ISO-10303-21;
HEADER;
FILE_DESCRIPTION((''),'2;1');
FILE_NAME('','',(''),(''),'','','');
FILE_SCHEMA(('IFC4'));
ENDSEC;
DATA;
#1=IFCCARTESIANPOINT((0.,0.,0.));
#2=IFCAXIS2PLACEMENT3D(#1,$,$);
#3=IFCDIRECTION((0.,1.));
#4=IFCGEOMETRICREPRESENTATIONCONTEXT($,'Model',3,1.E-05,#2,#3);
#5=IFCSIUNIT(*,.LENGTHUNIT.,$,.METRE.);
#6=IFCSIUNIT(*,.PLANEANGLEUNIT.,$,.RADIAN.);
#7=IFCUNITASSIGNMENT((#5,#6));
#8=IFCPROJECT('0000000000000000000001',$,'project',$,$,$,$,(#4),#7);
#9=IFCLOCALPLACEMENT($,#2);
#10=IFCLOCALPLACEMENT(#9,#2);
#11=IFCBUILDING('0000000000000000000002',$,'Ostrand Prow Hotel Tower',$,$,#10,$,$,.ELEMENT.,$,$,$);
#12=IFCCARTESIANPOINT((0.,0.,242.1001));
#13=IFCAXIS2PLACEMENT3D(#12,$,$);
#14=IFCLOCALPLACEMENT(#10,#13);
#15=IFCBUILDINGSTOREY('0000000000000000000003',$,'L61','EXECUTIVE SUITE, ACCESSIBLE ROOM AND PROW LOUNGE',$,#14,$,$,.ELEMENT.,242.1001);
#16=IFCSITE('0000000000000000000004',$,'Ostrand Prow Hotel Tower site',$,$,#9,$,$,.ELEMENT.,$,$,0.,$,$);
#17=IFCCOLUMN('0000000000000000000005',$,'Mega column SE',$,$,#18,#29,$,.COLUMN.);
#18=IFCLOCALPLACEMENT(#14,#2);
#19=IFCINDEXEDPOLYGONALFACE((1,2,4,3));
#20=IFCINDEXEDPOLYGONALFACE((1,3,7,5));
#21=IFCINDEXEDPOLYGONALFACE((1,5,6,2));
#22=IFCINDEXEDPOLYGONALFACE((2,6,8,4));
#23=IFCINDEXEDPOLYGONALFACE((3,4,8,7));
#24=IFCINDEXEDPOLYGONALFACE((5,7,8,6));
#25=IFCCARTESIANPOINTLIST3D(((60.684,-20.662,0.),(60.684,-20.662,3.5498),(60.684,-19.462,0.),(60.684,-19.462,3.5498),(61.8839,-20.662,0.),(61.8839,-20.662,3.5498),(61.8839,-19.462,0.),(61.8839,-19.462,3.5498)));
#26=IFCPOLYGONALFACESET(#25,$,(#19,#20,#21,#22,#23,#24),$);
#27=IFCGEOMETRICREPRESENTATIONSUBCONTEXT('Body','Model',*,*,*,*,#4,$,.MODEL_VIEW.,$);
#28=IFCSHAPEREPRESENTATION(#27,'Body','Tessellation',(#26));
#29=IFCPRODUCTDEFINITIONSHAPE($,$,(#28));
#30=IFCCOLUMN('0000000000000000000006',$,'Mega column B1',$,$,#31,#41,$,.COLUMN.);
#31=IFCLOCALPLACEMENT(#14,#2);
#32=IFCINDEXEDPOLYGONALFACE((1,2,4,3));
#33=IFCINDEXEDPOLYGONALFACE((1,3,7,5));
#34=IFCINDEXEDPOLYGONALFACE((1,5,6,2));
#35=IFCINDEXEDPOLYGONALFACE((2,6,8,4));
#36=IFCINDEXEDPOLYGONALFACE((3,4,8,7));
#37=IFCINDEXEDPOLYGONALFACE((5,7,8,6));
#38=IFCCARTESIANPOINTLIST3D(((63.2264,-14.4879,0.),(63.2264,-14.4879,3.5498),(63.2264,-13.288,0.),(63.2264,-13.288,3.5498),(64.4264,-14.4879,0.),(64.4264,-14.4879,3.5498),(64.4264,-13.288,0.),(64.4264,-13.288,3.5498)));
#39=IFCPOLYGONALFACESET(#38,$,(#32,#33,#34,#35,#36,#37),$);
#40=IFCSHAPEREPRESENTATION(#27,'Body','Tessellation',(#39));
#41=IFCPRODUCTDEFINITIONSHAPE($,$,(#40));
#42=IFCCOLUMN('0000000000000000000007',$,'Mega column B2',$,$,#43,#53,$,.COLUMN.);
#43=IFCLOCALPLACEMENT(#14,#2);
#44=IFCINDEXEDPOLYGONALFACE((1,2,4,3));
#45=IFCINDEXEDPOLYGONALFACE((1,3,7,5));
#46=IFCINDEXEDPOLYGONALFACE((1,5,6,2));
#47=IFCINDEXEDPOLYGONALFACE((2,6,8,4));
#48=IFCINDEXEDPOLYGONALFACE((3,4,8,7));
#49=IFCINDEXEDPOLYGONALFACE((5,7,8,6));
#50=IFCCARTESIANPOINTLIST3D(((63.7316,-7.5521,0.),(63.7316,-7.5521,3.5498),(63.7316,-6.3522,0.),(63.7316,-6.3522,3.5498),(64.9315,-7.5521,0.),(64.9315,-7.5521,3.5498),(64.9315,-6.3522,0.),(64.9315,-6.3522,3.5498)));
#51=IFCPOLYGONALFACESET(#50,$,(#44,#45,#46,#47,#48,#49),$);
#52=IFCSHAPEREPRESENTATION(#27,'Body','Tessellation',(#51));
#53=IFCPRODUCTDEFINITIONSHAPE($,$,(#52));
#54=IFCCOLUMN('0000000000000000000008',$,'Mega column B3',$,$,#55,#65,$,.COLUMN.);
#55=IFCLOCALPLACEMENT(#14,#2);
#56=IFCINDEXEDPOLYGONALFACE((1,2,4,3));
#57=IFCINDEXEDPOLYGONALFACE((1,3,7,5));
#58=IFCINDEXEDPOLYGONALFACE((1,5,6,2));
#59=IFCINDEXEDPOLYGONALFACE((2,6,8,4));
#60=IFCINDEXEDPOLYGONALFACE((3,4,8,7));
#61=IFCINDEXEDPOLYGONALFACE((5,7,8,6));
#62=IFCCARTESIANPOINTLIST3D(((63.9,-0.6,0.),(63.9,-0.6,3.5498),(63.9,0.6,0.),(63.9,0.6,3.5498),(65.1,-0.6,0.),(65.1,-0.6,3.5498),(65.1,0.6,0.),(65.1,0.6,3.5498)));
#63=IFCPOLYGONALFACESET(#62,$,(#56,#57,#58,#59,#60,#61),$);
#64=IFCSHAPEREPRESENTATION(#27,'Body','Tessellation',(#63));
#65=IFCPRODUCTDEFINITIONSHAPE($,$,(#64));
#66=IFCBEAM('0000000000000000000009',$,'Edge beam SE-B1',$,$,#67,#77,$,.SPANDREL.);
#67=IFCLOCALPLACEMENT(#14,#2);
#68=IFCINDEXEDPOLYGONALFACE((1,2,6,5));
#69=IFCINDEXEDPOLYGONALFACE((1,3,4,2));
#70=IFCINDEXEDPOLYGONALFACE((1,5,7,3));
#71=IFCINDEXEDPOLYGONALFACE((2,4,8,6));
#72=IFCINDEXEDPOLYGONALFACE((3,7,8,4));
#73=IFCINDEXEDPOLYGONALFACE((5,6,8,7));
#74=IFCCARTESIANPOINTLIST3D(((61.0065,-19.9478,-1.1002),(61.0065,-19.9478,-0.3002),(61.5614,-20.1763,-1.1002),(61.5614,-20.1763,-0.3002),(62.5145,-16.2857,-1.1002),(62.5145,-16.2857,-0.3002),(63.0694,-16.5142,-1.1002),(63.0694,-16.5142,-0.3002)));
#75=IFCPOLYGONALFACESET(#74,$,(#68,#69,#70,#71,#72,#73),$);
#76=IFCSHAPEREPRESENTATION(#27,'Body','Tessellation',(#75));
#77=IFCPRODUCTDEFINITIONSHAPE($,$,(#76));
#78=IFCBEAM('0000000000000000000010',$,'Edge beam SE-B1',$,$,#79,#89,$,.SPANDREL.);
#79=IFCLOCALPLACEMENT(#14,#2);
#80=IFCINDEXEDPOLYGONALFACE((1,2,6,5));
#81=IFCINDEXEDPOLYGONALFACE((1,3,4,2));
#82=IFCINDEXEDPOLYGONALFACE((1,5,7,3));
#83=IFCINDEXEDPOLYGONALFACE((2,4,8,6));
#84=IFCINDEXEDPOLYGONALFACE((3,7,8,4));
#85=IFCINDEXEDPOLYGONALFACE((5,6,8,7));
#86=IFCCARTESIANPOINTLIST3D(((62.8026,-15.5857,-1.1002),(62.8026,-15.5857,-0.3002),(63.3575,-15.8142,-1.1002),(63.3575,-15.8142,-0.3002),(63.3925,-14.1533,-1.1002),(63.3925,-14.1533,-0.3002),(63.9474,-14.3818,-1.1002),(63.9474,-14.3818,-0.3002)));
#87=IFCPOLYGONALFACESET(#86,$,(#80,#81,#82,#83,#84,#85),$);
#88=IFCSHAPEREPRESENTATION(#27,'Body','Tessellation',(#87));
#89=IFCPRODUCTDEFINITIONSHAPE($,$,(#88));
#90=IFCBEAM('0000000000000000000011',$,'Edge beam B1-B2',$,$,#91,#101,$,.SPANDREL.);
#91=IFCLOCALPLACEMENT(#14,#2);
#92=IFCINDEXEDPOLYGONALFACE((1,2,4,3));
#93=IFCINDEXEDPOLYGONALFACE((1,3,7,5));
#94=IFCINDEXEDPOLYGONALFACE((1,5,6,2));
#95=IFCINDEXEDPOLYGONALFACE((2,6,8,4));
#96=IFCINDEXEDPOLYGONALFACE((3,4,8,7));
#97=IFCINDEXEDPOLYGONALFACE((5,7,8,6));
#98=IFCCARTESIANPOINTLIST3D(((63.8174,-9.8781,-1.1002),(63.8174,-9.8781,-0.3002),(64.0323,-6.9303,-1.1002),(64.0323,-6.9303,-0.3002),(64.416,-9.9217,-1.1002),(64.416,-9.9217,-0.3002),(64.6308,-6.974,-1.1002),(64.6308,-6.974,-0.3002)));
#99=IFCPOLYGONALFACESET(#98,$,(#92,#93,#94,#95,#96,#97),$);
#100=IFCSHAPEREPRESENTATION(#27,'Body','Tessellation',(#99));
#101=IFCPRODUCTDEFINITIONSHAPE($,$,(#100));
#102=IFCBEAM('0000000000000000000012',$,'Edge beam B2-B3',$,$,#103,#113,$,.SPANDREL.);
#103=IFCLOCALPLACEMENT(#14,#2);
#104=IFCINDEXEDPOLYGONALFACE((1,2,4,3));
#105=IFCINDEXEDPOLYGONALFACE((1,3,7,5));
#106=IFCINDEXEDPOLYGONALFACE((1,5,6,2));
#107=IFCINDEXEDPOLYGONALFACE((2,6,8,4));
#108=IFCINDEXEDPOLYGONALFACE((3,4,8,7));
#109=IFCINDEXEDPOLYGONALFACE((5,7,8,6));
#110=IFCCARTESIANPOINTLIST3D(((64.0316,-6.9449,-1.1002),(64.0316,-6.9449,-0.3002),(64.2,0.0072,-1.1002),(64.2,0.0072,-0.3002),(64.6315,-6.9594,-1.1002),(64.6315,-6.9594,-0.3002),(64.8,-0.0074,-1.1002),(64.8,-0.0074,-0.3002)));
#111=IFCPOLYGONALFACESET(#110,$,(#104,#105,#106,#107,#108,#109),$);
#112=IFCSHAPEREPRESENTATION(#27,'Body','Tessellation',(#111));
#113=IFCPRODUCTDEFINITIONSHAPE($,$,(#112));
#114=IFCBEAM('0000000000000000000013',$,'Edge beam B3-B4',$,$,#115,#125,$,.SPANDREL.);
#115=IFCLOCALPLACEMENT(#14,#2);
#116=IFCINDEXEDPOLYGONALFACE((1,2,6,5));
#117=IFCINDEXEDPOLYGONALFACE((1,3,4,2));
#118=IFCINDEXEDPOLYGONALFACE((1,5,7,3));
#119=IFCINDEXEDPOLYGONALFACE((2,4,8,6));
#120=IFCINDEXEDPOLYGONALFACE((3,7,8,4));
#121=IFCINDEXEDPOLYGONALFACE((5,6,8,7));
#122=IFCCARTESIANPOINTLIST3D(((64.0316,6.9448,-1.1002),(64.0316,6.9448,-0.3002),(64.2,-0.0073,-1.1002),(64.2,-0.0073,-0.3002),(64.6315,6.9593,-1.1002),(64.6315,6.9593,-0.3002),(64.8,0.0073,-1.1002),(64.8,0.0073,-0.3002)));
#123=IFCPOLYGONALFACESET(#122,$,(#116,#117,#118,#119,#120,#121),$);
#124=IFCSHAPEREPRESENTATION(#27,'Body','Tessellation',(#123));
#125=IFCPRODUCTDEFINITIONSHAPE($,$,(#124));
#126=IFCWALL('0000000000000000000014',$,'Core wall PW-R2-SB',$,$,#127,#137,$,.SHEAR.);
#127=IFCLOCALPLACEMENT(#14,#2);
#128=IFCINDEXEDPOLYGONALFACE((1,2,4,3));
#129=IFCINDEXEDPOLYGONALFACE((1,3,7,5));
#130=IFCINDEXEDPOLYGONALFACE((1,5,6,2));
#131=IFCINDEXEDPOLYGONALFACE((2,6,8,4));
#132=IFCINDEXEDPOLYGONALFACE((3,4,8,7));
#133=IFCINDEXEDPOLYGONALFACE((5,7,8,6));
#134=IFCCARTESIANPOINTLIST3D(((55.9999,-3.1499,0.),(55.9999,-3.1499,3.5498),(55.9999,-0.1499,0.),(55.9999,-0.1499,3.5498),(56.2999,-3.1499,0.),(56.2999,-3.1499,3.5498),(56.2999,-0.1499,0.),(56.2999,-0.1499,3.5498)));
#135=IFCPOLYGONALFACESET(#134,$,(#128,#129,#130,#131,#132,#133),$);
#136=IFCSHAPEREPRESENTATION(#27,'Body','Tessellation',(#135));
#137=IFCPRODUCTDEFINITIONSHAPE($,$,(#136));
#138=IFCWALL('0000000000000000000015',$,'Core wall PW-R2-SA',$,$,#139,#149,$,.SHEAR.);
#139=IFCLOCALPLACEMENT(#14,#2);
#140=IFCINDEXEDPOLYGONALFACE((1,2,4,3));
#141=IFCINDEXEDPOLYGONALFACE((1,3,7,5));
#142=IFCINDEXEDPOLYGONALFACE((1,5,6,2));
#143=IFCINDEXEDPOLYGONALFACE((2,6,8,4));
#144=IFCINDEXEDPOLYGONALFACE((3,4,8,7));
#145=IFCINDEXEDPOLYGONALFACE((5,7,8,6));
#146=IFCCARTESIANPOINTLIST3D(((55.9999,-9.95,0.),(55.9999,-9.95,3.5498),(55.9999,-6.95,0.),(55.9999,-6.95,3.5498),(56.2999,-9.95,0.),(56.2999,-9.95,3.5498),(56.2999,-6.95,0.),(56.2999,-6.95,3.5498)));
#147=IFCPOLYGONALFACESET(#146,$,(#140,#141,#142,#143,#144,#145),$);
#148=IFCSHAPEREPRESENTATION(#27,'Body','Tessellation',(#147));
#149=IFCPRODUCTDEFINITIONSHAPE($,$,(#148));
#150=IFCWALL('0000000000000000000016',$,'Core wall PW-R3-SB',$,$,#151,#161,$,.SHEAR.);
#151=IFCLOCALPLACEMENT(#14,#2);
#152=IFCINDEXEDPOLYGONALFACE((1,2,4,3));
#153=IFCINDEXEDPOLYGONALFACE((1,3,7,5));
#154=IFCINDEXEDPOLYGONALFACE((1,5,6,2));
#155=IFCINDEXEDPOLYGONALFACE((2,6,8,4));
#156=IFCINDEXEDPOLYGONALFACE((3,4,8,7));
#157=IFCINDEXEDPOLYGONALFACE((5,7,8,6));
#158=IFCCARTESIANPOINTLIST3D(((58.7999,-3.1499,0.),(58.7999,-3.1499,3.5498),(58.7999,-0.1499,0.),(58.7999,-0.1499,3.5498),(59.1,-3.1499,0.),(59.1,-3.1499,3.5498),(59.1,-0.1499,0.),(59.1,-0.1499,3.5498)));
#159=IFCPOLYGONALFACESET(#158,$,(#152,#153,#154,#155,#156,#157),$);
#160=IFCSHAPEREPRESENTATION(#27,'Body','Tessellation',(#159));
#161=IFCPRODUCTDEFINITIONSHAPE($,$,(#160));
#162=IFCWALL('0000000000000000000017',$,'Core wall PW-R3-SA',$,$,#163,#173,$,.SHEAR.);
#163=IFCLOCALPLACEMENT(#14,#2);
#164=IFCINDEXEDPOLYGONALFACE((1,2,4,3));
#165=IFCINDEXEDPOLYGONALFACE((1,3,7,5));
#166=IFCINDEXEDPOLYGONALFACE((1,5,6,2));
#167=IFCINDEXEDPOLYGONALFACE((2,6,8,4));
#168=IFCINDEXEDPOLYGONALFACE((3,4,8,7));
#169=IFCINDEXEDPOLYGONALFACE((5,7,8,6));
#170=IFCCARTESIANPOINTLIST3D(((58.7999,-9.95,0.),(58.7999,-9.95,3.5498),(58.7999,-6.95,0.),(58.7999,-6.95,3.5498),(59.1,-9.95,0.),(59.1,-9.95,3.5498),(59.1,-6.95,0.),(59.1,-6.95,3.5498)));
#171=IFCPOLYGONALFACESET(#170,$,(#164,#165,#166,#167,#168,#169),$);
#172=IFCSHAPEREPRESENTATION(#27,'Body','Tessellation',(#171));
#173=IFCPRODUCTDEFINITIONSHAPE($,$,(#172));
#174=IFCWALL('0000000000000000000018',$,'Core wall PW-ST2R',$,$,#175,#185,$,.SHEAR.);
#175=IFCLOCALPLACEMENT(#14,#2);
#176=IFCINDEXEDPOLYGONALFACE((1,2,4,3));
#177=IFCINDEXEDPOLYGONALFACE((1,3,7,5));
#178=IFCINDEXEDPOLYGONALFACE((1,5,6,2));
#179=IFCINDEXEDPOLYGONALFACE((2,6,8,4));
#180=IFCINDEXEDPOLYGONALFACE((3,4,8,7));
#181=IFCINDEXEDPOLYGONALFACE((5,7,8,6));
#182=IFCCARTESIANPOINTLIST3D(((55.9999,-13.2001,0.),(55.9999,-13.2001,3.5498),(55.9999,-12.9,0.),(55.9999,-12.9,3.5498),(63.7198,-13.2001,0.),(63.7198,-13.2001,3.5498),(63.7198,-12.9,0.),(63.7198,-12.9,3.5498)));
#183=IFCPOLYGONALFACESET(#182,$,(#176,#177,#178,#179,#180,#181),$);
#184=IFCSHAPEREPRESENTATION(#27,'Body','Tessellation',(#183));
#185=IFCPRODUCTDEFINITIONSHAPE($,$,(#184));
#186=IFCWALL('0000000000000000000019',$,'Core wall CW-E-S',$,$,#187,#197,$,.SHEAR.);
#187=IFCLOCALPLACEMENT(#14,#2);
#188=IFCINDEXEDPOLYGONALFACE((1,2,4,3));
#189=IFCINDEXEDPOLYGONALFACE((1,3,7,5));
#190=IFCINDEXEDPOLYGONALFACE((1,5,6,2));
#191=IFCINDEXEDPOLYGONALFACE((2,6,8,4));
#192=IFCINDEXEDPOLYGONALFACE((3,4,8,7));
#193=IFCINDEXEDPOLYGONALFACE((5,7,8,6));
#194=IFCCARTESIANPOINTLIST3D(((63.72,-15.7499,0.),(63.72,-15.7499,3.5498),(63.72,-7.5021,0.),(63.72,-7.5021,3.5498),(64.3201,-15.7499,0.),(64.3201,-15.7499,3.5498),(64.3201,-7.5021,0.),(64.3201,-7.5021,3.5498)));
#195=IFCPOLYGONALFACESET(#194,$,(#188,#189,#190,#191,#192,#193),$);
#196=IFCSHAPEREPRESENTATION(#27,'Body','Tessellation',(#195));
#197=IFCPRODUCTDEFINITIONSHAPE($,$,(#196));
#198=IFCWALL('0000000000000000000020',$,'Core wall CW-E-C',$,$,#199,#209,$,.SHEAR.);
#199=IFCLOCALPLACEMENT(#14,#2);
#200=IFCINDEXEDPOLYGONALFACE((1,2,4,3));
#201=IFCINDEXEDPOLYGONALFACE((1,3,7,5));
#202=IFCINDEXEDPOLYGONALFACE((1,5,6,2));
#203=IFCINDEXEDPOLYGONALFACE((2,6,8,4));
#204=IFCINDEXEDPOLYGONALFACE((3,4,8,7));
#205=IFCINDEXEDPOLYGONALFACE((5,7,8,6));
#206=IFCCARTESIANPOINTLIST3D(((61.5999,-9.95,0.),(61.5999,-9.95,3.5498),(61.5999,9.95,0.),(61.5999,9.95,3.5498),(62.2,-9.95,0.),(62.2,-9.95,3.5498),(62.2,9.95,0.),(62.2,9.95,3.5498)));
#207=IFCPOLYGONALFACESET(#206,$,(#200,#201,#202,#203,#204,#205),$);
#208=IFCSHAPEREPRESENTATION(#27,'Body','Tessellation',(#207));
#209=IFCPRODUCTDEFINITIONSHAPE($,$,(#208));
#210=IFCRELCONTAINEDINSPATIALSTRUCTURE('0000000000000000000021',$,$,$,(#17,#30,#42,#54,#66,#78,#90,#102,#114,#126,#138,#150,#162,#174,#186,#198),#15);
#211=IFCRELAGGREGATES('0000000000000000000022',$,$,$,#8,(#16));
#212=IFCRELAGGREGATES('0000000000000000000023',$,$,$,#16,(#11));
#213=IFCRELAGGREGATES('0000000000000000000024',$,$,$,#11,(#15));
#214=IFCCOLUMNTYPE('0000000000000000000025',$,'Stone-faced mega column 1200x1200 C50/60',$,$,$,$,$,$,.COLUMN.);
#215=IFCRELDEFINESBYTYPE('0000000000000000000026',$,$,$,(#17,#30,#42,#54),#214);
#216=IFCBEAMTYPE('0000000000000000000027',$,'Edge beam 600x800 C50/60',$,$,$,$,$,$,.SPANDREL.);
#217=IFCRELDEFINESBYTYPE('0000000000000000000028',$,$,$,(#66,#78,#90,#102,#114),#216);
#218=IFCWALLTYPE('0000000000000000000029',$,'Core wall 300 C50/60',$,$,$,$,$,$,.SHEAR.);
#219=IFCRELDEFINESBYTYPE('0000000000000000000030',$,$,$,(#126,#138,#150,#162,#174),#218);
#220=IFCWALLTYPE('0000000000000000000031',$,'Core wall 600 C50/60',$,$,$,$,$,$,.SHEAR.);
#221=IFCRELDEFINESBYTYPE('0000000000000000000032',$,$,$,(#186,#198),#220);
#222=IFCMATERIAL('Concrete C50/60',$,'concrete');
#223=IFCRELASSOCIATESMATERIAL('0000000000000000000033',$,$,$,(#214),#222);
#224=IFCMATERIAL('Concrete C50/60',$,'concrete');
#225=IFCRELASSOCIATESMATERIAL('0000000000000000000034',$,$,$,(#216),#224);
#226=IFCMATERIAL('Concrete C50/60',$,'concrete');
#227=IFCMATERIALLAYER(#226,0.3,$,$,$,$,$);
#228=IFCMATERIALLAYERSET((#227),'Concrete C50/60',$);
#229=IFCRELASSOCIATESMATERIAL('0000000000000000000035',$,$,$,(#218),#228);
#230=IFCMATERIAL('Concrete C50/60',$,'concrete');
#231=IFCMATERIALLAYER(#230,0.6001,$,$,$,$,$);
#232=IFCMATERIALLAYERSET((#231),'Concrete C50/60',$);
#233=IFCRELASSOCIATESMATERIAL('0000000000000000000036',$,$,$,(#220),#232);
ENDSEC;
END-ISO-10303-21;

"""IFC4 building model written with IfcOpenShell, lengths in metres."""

from ifc_helpers import new_model, si_unit, direction, frame, frame_2d, origin, origin_2d, place, context, subcontext, project, spatial, rectangle, extrude, material, layer, layer_set, material_profile, profile_set, type_object, element, save


model = new_model("IFC4")

# Units and contexts
model_context = context("Model", 3, precision=1e-05, world=origin(), true_north=direction((0.0, 1.0)))
body_context = subcontext(model_context, "Body", "Model", "MODEL_VIEW")
ifc_project = project(units=[si_unit("LENGTHUNIT", "METRE"), si_unit("PLANEANGLEUNIT", "RADIAN")], contexts=[model_context])

# Site, building, storey
site_placement = place(None, origin())
site = spatial("IfcSite", under=ifc_project, at=site_placement, Name="Ostrand Prow Hotel Tower site", CompositionType="ELEMENT", RefElevation=0.0)
building_placement = place(site_placement, origin())
building = spatial("IfcBuilding", under=site, at=building_placement, Name="Ostrand Prow Hotel Tower", CompositionType="ELEMENT")
storey_placement = place(building_placement, frame((0.0, 0.0, 242.1001)))
storey = spatial("IfcBuildingStorey", under=building, at=storey_placement, Name="L61", Description="EXECUTIVE SUITE, ACCESSIBLE ROOM AND PROW LOUNGE", CompositionType="ELEMENT", Elevation=242.1001)

# Columns
ifc_material_1 = material(Name="Concrete C50/60", Category="concrete")
ifc_material_profile_1 = material_profile(ifc_material_1, rectangle(XDim=1.2, YDim=1.2, at=origin_2d()), Name="RC 1200x1200")
ifc_profile_set_1 = profile_set([ifc_material_profile_1], Name="Concrete C50/60")
column_type = type_object("IfcColumnType", Name="Stone-faced mega column 1200x1200 C50/60", PredefinedType="COLUMN", material=ifc_profile_set_1)
for number, where, z_axis, x_axis, name in (
    (1, (61.2839, -20.062, 0.0), (0.0, 0.0, 1.0), (1.0, 0.0, 0.0), "Mega column SE"),
    (2, (63.8264, -13.8879, 0.0), (0.0, 0.0, 1.0), (1.0, 0.0, 0.0), "Mega column B1"),
    (3, (64.3315, -6.9521, 0.0), (0.0, 0.0, 1.0), (1.0, 0.0, 0.0), "Mega column B2"),
    (4, (64.5, 0.0, 0.0), (0.0, 0.0, 1.0), (1.0, 0.0, 0.0), "Mega column B3"),
):
    element("IfcColumn", number, at=place(storey_placement, frame(where, z_axis=z_axis, x_axis=x_axis)), inside=storey, type_object=column_type, Name=name, PredefinedType="COLUMN", context=body_context, shape_type="SweptSolid", body=[
        extrude(rectangle(XDim=1.2, YDim=1.2, at=origin_2d()), origin(), (0.0, 0.0, 1.0), 3.5498),
    ])

# Beams
ifc_material_2 = material(Name="Concrete C50/60", Category="concrete")
ifc_material_profile_2 = material_profile(ifc_material_2, rectangle(XDim=0.6001, YDim=0.8, at=origin_2d()), Name="RC 600x800")
ifc_profile_set_2 = profile_set([ifc_material_profile_2], Name="Concrete C50/60")
beam_type = type_object("IfcBeamType", Name="Edge beam 600x800 C50/60", PredefinedType="SPANDREL", material=ifc_profile_set_2)
beam_1_placement = place(storey_placement, frame((61.2839, -20.062, -0.7002), z_axis=(0.380778, 0.924667, 0.0), x_axis=(-0.924667, 0.380778, 0.0)))
element("IfcBeam", 5, at=beam_1_placement, inside=storey, type_object=beam_type, Name="Edge beam SE-B1", PredefinedType="SPANDREL", context=body_context, shape_type="SweptSolid", body=[
    extrude(rectangle(XDim=0.6001, YDim=0.8, at=origin_2d()), origin(), (0.0, 0.0, 1.0), 3.9604),
])
beam_2_placement = place(storey_placement, frame((63.0801, -15.7, -0.7002), z_axis=(0.380774, 0.924668, 0.0), x_axis=(-0.924668, 0.380774, 0.0)))
element("IfcBeam", 6, at=beam_2_placement, inside=storey, type_object=beam_type, Name="Edge beam SE-B1", PredefinedType="SPANDREL", context=body_context, shape_type="SweptSolid", body=[
    extrude(rectangle(XDim=0.6001, YDim=0.8, at=origin_2d()), origin(), (0.0, 0.0, 1.0), 1.5491),
])
beam_3_placement = place(storey_placement, frame((64.1167, -9.8999, -0.7002), z_axis=(0.072691, 0.997355, 0.0), x_axis=(-0.997355, 0.072691, 0.0)))
element("IfcBeam", 7, at=beam_3_placement, inside=storey, type_object=beam_type, Name="Edge beam B1-B2", PredefinedType="SPANDREL", context=body_context, shape_type="SweptSolid", body=[
    extrude(rectangle(XDim=0.6001, YDim=0.8, at=origin_2d()), origin(), (0.0, 0.0, 1.0), 2.9556),
])
for number, where, z_axis, x_axis, name in (
    (8, (64.3315, -6.9521, -0.7002), (0.024224, 0.999707, 0.0), (-0.999707, 0.024224, 0.0), "Edge beam B2-B3"),
    (9, (64.5, 0.0, -0.7002), (-0.024224, 0.999707, 0.0), (-0.999707, -0.024224, 0.0), "Edge beam B3-B4"),
):
    element("IfcBeam", number, at=place(storey_placement, frame(where, z_axis=z_axis, x_axis=x_axis)), inside=storey, type_object=beam_type, Name=name, PredefinedType="SPANDREL", context=body_context, shape_type="SweptSolid", body=[
        extrude(rectangle(XDim=0.6001, YDim=0.8, at=origin_2d()), origin(), (0.0, 0.0, 1.0), 6.9541),
    ])

# Walls
ifc_material_3 = material(Name="Concrete C50/60", Category="concrete")
ifc_layer_1 = layer(ifc_material_3, 0.3)
ifc_layer_set_1 = layer_set([ifc_layer_1], Name="Concrete C50/60")
wall_type_1 = type_object("IfcWallType", Name="Core wall 300 C50/60", PredefinedType="SHEAR", material=ifc_layer_set_1)
for number, where, z_axis, x_axis, name in (
    (10, (56.1499, -3.1499, 0.0), (0.0, 0.0, 1.0), (0.0, 1.0, 0.0), "Core wall PW-R2-SB"),
    (11, (56.1499, -9.95, 0.0), (0.0, 0.0, 1.0), (0.0, 1.0, 0.0), "Core wall PW-R2-SA"),
    (12, (58.95, -3.1499, 0.0), (0.0, 0.0, 1.0), (0.0, 1.0, 0.0), "Core wall PW-R3-SB"),
    (13, (58.95, -9.95, 0.0), (0.0, 0.0, 1.0), (0.0, 1.0, 0.0), "Core wall PW-R3-SA"),
):
    element("IfcWall", number, at=place(storey_placement, frame(where, z_axis=z_axis, x_axis=x_axis)), inside=storey, type_object=wall_type_1, Name=name, PredefinedType="SHEAR", context=body_context, shape_type="SweptSolid", body=[
        extrude(rectangle(XDim=3.0, YDim=0.3, at=frame_2d((1.5, 0.0))), origin(), (0.0, 0.0, 1.0), 3.5498),
    ])
wall_1_placement = place(storey_placement, frame((56.0, -13.05, 0.0), z_axis=(0.0, 0.0, 1.0), x_axis=(1.0, 0.0, 0.0)))
element("IfcWall", 14, at=wall_1_placement, inside=storey, type_object=wall_type_1, Name="Core wall PW-ST2R", PredefinedType="SHEAR", context=body_context, shape_type="SweptSolid", body=[
    extrude(rectangle(XDim=7.72, YDim=0.3, at=frame_2d((3.8599, 0.0))), origin(), (0.0, 0.0, 1.0), 3.5498),
])
ifc_material_4 = material(Name="Concrete C50/60", Category="concrete")
ifc_layer_2 = layer(ifc_material_4, 0.6001)
ifc_layer_set_2 = layer_set([ifc_layer_2], Name="Concrete C50/60")
wall_type_2 = type_object("IfcWallType", Name="Core wall 600 C50/60", PredefinedType="SHEAR", material=ifc_layer_set_2)
wall_2_placement = place(storey_placement, frame((64.02, -15.75, 0.0), z_axis=(0.0, 0.0, 1.0), x_axis=(0.0, 1.0, 0.0)))
element("IfcWall", 15, at=wall_2_placement, inside=storey, type_object=wall_type_2, Name="Core wall CW-E-S", PredefinedType="SHEAR", context=body_context, shape_type="SweptSolid", body=[
    extrude(rectangle(XDim=8.2478, YDim=0.6001, at=frame_2d((4.124, 0.0))), origin(), (0.0, 0.0, 1.0), 3.5498),
])
wall_3_placement = place(storey_placement, frame((61.8999, -9.95, 0.0), z_axis=(0.0, 0.0, 1.0), x_axis=(0.0, 1.0, 0.0)))
element("IfcWall", 16, at=wall_3_placement, inside=storey, type_object=wall_type_2, Name="Core wall CW-E-C", PredefinedType="SHEAR", context=body_context, shape_type="SweptSolid", body=[
    extrude(rectangle(XDim=19.8999, YDim=0.6001, at=frame_2d((9.95, 0.0))), origin(), (0.0, 0.0, 1.0), 3.5498),
])

save(model, "model.ifc")
